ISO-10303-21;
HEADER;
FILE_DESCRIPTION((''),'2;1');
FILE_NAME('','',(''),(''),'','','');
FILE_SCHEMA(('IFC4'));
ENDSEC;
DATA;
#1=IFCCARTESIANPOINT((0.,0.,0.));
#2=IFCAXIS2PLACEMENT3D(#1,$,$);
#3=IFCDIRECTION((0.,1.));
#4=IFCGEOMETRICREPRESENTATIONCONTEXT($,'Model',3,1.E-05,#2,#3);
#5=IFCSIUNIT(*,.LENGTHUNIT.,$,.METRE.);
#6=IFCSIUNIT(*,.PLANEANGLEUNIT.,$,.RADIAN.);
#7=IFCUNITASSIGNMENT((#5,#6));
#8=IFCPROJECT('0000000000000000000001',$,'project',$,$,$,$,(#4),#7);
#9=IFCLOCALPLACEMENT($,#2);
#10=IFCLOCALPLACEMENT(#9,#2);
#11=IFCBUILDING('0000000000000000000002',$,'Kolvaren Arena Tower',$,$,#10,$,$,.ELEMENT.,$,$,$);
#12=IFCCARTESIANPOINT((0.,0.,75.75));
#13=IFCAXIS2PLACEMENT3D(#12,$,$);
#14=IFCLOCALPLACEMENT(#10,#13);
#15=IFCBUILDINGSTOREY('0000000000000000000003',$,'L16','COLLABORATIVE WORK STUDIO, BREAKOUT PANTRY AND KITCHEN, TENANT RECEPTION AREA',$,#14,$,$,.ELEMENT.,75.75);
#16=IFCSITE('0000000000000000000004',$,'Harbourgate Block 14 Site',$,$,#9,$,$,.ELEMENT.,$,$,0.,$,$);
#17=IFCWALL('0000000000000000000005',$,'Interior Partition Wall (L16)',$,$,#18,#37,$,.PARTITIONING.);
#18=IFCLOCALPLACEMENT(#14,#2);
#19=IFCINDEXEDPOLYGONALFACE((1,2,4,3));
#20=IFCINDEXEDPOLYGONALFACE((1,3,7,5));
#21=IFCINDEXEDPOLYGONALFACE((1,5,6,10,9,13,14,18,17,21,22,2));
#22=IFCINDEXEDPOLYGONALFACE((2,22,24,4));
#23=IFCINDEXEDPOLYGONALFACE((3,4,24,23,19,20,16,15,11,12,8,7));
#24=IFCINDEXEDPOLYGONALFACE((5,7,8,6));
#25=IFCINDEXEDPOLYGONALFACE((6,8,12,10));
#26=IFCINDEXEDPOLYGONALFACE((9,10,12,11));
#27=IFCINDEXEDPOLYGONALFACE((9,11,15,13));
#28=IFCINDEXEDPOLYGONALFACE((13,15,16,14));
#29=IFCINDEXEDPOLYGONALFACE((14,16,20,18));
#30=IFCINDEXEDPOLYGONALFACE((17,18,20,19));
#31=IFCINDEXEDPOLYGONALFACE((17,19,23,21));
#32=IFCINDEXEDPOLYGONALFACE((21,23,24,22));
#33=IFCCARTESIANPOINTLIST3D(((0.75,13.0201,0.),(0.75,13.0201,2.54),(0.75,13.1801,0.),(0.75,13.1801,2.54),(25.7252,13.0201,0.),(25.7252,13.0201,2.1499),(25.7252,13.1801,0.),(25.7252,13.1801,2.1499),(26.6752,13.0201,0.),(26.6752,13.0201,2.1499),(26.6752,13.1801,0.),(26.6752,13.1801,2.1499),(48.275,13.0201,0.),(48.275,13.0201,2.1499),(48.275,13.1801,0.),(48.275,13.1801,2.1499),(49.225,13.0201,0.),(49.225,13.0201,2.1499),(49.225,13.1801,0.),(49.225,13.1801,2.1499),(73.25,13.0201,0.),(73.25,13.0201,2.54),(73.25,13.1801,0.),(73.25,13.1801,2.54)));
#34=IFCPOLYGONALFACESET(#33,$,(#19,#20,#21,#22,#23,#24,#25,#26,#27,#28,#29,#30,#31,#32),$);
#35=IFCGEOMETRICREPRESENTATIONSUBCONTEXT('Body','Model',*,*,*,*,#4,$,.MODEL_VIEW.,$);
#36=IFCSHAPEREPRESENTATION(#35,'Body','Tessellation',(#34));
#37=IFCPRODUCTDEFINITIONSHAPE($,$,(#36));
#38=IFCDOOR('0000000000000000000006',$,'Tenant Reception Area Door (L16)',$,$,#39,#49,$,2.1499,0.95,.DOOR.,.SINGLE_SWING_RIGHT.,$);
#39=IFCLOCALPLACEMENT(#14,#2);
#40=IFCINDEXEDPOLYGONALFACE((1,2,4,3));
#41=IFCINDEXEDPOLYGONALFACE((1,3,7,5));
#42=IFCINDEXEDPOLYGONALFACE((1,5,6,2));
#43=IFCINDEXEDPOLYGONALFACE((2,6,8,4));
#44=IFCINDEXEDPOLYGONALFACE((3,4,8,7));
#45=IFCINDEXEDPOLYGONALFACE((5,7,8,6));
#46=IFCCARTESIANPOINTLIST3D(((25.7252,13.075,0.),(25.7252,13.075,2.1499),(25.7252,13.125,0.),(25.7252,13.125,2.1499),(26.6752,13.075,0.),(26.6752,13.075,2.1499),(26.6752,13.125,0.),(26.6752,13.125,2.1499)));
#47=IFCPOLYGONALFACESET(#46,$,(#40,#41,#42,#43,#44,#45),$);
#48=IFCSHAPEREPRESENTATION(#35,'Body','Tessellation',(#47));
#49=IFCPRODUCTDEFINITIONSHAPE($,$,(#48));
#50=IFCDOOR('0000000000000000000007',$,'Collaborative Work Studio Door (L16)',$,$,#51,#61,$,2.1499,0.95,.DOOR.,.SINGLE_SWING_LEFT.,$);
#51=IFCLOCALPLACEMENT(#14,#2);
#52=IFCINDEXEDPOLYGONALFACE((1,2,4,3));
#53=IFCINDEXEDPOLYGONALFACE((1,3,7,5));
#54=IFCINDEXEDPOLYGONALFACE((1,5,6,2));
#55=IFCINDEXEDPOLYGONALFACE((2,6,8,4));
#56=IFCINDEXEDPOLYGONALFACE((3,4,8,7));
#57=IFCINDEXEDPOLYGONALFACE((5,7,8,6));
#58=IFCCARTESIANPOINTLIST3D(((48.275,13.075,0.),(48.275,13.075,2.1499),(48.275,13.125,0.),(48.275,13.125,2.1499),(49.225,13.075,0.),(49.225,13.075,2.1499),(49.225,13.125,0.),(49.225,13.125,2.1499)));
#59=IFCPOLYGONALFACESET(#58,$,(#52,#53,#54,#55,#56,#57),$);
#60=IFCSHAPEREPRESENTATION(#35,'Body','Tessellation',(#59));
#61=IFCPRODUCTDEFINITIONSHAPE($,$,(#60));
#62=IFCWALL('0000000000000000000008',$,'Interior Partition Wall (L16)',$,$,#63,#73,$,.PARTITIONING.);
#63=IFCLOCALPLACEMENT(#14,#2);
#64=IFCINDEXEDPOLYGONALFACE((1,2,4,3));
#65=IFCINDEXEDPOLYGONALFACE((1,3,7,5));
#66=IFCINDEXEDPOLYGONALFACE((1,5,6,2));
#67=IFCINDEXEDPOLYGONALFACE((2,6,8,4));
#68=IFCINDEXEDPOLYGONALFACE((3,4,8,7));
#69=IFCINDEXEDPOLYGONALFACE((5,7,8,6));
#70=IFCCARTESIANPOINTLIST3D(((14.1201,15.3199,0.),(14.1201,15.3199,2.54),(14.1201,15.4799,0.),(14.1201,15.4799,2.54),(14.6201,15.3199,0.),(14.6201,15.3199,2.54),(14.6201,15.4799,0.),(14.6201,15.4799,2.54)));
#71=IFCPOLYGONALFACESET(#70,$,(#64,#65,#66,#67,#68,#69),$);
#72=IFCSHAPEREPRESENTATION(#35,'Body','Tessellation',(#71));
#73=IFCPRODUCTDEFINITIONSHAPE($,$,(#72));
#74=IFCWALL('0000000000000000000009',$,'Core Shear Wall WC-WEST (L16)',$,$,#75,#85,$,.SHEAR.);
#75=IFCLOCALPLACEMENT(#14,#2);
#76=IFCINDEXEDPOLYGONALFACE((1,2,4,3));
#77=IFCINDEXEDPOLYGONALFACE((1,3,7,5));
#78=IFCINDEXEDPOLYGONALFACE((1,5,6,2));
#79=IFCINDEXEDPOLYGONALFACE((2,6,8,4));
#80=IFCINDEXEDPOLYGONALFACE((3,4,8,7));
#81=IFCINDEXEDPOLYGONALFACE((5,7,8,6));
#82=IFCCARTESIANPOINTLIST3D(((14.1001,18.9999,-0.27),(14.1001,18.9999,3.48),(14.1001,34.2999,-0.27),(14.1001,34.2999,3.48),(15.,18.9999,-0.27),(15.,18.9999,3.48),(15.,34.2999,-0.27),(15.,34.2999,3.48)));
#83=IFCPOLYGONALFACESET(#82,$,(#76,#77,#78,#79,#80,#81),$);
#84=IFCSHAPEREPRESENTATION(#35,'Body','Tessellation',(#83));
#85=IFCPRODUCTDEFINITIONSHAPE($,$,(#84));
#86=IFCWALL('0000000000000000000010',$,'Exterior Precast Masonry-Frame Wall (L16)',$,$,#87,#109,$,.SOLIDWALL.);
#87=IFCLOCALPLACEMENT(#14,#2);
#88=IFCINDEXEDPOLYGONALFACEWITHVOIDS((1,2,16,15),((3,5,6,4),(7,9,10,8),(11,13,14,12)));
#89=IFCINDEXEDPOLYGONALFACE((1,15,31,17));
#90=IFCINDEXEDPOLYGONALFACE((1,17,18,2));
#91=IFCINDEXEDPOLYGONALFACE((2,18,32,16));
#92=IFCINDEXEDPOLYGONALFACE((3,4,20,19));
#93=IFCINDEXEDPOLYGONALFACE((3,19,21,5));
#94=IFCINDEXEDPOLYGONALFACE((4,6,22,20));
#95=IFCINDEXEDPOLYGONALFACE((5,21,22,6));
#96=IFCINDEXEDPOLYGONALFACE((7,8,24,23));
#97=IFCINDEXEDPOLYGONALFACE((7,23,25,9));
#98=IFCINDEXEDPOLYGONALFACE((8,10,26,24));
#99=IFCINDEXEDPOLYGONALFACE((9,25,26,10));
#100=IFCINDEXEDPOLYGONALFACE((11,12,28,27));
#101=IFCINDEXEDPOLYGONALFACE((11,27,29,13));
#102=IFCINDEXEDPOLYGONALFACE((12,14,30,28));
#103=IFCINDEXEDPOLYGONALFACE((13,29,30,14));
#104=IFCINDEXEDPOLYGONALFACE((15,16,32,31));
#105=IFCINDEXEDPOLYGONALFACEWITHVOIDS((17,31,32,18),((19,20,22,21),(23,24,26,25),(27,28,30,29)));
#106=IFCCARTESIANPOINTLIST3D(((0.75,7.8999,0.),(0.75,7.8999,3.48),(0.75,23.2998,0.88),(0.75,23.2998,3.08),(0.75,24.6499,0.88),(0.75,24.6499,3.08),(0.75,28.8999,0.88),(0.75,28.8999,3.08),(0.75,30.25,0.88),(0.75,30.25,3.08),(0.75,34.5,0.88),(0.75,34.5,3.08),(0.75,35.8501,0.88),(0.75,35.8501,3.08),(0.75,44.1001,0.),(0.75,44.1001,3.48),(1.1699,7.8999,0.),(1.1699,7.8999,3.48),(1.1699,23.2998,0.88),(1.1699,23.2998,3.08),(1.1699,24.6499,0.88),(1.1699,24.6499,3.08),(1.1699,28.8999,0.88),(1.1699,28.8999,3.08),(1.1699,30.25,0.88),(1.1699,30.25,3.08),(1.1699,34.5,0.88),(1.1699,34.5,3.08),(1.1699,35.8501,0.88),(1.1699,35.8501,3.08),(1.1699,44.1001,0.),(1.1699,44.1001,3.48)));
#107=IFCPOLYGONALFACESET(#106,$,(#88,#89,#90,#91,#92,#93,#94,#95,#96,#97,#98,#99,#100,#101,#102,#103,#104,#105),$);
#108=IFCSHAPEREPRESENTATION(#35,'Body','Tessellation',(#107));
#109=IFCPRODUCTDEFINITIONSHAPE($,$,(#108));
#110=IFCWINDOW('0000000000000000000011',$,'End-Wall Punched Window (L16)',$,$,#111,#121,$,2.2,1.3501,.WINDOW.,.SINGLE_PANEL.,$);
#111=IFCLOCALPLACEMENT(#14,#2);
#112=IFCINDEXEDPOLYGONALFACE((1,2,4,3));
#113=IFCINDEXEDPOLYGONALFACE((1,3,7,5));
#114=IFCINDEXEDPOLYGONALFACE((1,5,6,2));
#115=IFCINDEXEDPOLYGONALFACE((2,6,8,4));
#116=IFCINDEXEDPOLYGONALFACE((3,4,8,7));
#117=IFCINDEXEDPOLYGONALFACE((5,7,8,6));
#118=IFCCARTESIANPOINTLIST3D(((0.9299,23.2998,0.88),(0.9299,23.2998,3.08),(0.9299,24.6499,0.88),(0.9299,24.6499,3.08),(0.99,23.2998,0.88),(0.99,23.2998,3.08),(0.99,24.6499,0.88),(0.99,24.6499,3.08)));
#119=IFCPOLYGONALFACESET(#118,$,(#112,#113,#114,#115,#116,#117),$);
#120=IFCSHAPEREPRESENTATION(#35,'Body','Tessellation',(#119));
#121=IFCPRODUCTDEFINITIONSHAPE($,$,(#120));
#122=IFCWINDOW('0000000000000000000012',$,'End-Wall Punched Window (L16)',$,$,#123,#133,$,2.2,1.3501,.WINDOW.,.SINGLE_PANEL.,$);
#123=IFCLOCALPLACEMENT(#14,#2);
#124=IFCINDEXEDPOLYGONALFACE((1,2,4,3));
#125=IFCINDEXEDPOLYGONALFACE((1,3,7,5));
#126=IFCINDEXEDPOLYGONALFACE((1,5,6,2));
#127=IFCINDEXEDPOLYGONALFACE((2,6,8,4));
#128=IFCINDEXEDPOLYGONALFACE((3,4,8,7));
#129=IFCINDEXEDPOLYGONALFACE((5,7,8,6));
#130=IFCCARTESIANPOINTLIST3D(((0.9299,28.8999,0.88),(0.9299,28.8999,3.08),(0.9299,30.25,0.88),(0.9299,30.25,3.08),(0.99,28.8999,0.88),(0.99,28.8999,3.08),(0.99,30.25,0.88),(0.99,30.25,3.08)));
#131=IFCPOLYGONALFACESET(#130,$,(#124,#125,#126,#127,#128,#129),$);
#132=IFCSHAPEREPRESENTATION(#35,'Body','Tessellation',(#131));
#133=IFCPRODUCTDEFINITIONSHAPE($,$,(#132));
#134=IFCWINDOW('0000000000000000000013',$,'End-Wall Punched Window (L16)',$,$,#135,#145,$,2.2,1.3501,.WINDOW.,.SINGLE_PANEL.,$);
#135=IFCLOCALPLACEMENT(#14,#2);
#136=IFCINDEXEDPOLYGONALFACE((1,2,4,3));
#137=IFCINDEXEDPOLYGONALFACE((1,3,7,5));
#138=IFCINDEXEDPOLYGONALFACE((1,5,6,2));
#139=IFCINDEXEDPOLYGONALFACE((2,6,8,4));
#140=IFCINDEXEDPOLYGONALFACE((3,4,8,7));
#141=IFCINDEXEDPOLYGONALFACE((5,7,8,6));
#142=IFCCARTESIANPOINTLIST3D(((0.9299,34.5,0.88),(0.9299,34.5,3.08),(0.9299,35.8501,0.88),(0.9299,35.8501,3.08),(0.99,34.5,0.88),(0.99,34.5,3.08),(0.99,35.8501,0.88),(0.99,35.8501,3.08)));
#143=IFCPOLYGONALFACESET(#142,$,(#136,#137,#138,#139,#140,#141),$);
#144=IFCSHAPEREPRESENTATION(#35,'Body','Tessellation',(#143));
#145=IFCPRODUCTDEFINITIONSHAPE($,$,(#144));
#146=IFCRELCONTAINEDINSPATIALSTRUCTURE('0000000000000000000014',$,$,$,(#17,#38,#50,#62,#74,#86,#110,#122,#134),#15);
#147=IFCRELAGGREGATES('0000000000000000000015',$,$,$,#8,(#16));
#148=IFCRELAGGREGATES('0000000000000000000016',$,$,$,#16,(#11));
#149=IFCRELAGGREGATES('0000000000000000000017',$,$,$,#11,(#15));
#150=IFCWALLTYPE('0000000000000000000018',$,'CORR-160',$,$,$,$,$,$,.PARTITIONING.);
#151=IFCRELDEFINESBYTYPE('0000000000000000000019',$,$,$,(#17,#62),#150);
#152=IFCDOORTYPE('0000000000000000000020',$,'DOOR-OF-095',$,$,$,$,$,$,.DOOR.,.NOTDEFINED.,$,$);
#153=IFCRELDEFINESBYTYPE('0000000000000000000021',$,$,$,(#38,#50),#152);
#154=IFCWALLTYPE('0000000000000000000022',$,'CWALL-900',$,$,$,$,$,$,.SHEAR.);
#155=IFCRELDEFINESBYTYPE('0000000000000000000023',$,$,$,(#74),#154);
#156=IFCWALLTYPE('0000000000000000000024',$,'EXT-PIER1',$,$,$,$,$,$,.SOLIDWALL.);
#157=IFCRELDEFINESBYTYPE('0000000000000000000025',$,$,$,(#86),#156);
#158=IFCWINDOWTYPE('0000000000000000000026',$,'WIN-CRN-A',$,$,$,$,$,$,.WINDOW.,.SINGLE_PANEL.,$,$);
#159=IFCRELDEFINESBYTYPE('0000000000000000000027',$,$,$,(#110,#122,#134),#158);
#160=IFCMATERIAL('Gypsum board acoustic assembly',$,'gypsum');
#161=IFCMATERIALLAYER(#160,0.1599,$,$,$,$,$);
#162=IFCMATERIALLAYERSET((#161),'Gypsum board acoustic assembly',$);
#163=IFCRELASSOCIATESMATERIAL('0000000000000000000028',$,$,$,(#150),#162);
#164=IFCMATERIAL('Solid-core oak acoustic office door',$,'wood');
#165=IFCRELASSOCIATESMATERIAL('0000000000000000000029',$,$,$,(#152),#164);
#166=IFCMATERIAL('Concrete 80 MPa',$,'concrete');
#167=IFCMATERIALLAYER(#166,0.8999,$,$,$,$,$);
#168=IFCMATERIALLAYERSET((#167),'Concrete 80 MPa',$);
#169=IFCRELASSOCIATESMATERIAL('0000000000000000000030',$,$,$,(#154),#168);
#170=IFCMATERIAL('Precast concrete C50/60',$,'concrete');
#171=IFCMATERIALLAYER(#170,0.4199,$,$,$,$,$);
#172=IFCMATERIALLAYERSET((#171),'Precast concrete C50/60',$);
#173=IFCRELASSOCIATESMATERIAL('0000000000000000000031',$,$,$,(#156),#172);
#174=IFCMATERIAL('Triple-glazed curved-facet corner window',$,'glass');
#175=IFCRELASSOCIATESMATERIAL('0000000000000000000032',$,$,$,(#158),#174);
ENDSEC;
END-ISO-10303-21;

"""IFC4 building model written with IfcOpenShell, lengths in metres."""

from ifc_helpers import new_model, si_unit, direction, frame, frame_2d, origin, place, context, subcontext, project, spatial, rectangle, extrude, material, layer, layer_set, type_object, element, fill, save


model = new_model("IFC4")

# Units and contexts
model_context = context("Model", 3, precision=1e-05, world=origin(), true_north=direction((0.0, 1.0)))
body_context = subcontext(model_context, "Body", "Model", "MODEL_VIEW")
ifc_project = project(units=[si_unit("LENGTHUNIT", "METRE"), si_unit("PLANEANGLEUNIT", "RADIAN")], contexts=[model_context])

# Site, building, storey
site_placement = place(None, origin())
site = spatial("IfcSite", under=ifc_project, at=site_placement, Name="Harbourgate Block 14 Site", CompositionType="ELEMENT", RefElevation=0.0)
building_placement = place(site_placement, origin())
building = spatial("IfcBuilding", under=site, at=building_placement, Name="Kolvaren Arena Tower", CompositionType="ELEMENT")
storey_placement = place(building_placement, frame((0.0, 0.0, 75.75)))
storey = spatial("IfcBuildingStorey", under=building, at=storey_placement, Name="L16", Description="COLLABORATIVE WORK STUDIO, BREAKOUT PANTRY AND KITCHEN, TENANT RECEPTION AREA", CompositionType="ELEMENT", Elevation=75.75)

# Wall, openings, doors
ifc_material_1 = material(Name="Gypsum board acoustic assembly", Category="gypsum")
ifc_layer_1 = layer(ifc_material_1, 0.1599)
ifc_layer_set_1 = layer_set([ifc_layer_1], Name="Gypsum board acoustic assembly")
wall_type_1 = type_object("IfcWallType", Name="CORR-160", PredefinedType="PARTITIONING", material=ifc_layer_set_1)
wall_1_placement = place(storey_placement, frame((0.75, 13.1001, 0.0), z_axis=(0.0, 0.0, 1.0), x_axis=(1.0, 0.0, 0.0)))
wall_1 = element("IfcWall", 1, at=wall_1_placement, inside=storey, type_object=wall_type_1, Name="Interior Partition Wall (L16)", PredefinedType="PARTITIONING", context=body_context, shape_type="SweptSolid", body=[
    extrude(rectangle(XDim=72.5, YDim=0.1599, at=frame_2d((36.25, 0.0))), origin(), (0.0, 0.0, 1.0), 2.54),
])
opening_1_placement = place(wall_1_placement, frame((24.9751, 0.0, 0.0)))
opening_1 = element("IfcOpeningElement", 2, at=opening_1_placement, cuts=wall_1, PredefinedType="OPENING", context=body_context, shape_type="SweptSolid", body=[
    extrude(rectangle(XDim=0.95, YDim=2.1499, at=frame_2d((0.4751, 1.075))), frame((0.0, 0.0898, 0.0), z_axis=(0.0, -1.0, 0.0), x_axis=(1.0, 0.0, 0.0)), (0.0, 0.0, 1.0), 0.1799),
])
opening_2_placement = place(wall_1_placement, frame((47.5249, 0.0, 0.0)))
opening_2 = element("IfcOpeningElement", 3, at=opening_2_placement, cuts=wall_1, PredefinedType="OPENING", context=body_context, shape_type="SweptSolid", body=[
    extrude(rectangle(XDim=0.95, YDim=2.1499, at=frame_2d((0.4751, 1.075))), frame((0.0, 0.0898, 0.0), z_axis=(0.0, -1.0, 0.0), x_axis=(1.0, 0.0, 0.0)), (0.0, 0.0, 1.0), 0.1799),
])
ifc_material_2 = material(Name="Solid-core oak acoustic office door", Category="wood")
door_type_1 = type_object("IfcDoorType", Name="DOOR-OF-095", OperationType="NOTDEFINED", PredefinedType="DOOR", material=ifc_material_2)
door_1_placement = place(opening_1_placement, origin())
door_1 = element("IfcDoor", 4, at=door_1_placement, inside=storey, type_object=door_type_1, Name="Tenant Reception Area Door (L16)", OperationType="SINGLE_SWING_RIGHT", OverallHeight=2.1499, OverallWidth=0.95, PredefinedType="DOOR", context=body_context, shape_type="SweptSolid", body=[
    extrude(rectangle(XDim=0.95, YDim=2.1499, at=frame_2d((0.4751, 1.075))), frame((0.0, 0.0249, 0.0), z_axis=(0.0, -1.0, 0.0), x_axis=(1.0, 0.0, 0.0)), (0.0, 0.0, 1.0), 0.05),
])
fill(opening_1, door_1)
door_2_placement = place(opening_2_placement, origin())
door_2 = element("IfcDoor", 5, at=door_2_placement, inside=storey, type_object=door_type_1, Name="Collaborative Work Studio Door (L16)", OperationType="SINGLE_SWING_LEFT", OverallHeight=2.1499, OverallWidth=0.95, PredefinedType="DOOR", context=body_context, shape_type="SweptSolid", body=[
    extrude(rectangle(XDim=0.95, YDim=2.1499, at=frame_2d((0.4751, 1.075))), frame((0.0, 0.0249, 0.0), z_axis=(0.0, -1.0, 0.0), x_axis=(1.0, 0.0, 0.0)), (0.0, 0.0, 1.0), 0.05),
])
fill(opening_2, door_2)

# Walls
wall_2_placement = place(storey_placement, frame((14.1201, 15.3999, 0.0), z_axis=(0.0, 0.0, 1.0), x_axis=(1.0, 0.0, 0.0)))
element("IfcWall", 6, at=wall_2_placement, inside=storey, type_object=wall_type_1, Name="Interior Partition Wall (L16)", PredefinedType="PARTITIONING", context=body_context, shape_type="SweptSolid", body=[
    extrude(rectangle(XDim=0.5, YDim=0.1599, at=frame_2d((0.25, 0.0))), origin(), (0.0, 0.0, 1.0), 2.54),
])
ifc_material_3 = material(Name="Concrete 80 MPa", Category="concrete")
ifc_layer_2 = layer(ifc_material_3, 0.8999)
ifc_layer_set_2 = layer_set([ifc_layer_2], Name="Concrete 80 MPa")
wall_type_2 = type_object("IfcWallType", Name="CWALL-900", PredefinedType="SHEAR", material=ifc_layer_set_2)
wall_3_placement = place(storey_placement, frame((14.55, 19.0, -0.27), z_axis=(0.0, 0.0, 1.0), x_axis=(0.0, 1.0, 0.0)))
element("IfcWall", 7, at=wall_3_placement, inside=storey, type_object=wall_type_2, Name="Core Shear Wall WC-WEST (L16)", PredefinedType="SHEAR", context=body_context, shape_type="SweptSolid", body=[
    extrude(rectangle(XDim=15.3, YDim=0.8999, at=frame_2d((7.6499, 0.0))), origin(), (0.0, 0.0, 1.0), 3.75),
])

# Wall, openings, windows
ifc_material_4 = material(Name="Precast concrete C50/60", Category="concrete")
ifc_layer_3 = layer(ifc_material_4, 0.4199)
ifc_layer_set_3 = layer_set([ifc_layer_3], Name="Precast concrete C50/60")
wall_type_3 = type_object("IfcWallType", Name="EXT-PIER1", PredefinedType="SOLIDWALL", material=ifc_layer_set_3)
wall_4_placement = place(storey_placement, frame((0.96, 7.8999, 0.0), z_axis=(0.0, 0.0, 1.0), x_axis=(0.0, 1.0, 0.0)))
wall_4 = element("IfcWall", 8, at=wall_4_placement, inside=storey, type_object=wall_type_3, Name="Exterior Precast Masonry-Frame Wall (L16)", PredefinedType="SOLIDWALL", context=body_context, shape_type="SweptSolid", body=[
    extrude(rectangle(XDim=36.2002, YDim=0.4199, at=frame_2d((18.1001, 0.0))), origin(), (0.0, 0.0, 1.0), 3.48),
])
opening_3_placement = place(wall_4_placement, frame((15.3999, 0.0, 0.8799)))
opening_3 = element("IfcOpeningElement", 9, at=opening_3_placement, cuts=wall_4, PredefinedType="OPENING", context=body_context, shape_type="SweptSolid", body=[
    extrude(rectangle(XDim=1.3501, YDim=2.2, at=frame_2d((0.675, 1.1001))), frame((0.0, 0.22, 0.0), z_axis=(0.0, -1.0, 0.0), x_axis=(1.0, 0.0, 0.0)), (0.0, 0.0, 1.0), 0.4399),
])
opening_4_placement = place(wall_4_placement, frame((21.0, 0.0, 0.8799)))
opening_4 = element("IfcOpeningElement", 10, at=opening_4_placement, cuts=wall_4, PredefinedType="OPENING", context=body_context, shape_type="SweptSolid", body=[
    extrude(rectangle(XDim=1.3501, YDim=2.2, at=frame_2d((0.675, 1.1001))), frame((0.0, 0.22, 0.0), z_axis=(0.0, -1.0, 0.0), x_axis=(1.0, 0.0, 0.0)), (0.0, 0.0, 1.0), 0.4399),
])
opening_5_placement = place(wall_4_placement, frame((26.6001, 0.0, 0.8799)))
opening_5 = element("IfcOpeningElement", 11, at=opening_5_placement, cuts=wall_4, PredefinedType="OPENING", context=body_context, shape_type="SweptSolid", body=[
    extrude(rectangle(XDim=1.3501, YDim=2.2, at=frame_2d((0.675, 1.1001))), frame((0.0, 0.22, 0.0), z_axis=(0.0, -1.0, 0.0), x_axis=(1.0, 0.0, 0.0)), (0.0, 0.0, 1.0), 0.4399),
])
ifc_material_5 = material(Name="Triple-glazed curved-facet corner window", Category="glass")
window_type = type_object("IfcWindowType", Name="WIN-CRN-A", PartitioningType="SINGLE_PANEL", PredefinedType="WINDOW", material=ifc_material_5)
window_1_placement = place(opening_3_placement, origin())
window_1 = element("IfcWindow", 12, at=window_1_placement, inside=storey, type_object=window_type, Name="End-Wall Punched Window (L16)", OverallHeight=2.2, OverallWidth=1.3501, PartitioningType="SINGLE_PANEL", PredefinedType="WINDOW", context=body_context, shape_type="SweptSolid", body=[
    extrude(rectangle(XDim=1.3501, YDim=2.2, at=frame_2d((0.675, 1.1001))), frame((0.0, 0.03, 0.0), z_axis=(0.0, -1.0, 0.0), x_axis=(1.0, 0.0, 0.0)), (0.0, 0.0, 1.0), 0.0601),
])
fill(opening_3, window_1)
window_2_placement = place(opening_4_placement, origin())
window_2 = element("IfcWindow", 13, at=window_2_placement, inside=storey, type_object=window_type, Name="End-Wall Punched Window (L16)", OverallHeight=2.2, OverallWidth=1.3501, PartitioningType="SINGLE_PANEL", PredefinedType="WINDOW", context=body_context, shape_type="SweptSolid", body=[
    extrude(rectangle(XDim=1.3501, YDim=2.2, at=frame_2d((0.675, 1.1001))), frame((0.0, 0.03, 0.0), z_axis=(0.0, -1.0, 0.0), x_axis=(1.0, 0.0, 0.0)), (0.0, 0.0, 1.0), 0.0601),
])
fill(opening_4, window_2)
window_3_placement = place(opening_5_placement, origin())
window_3 = element("IfcWindow", 14, at=window_3_placement, inside=storey, type_object=window_type, Name="End-Wall Punched Window (L16)", OverallHeight=2.2, OverallWidth=1.3501, PartitioningType="SINGLE_PANEL", PredefinedType="WINDOW", context=body_context, shape_type="SweptSolid", body=[
    extrude(rectangle(XDim=1.3501, YDim=2.2, at=frame_2d((0.675, 1.1001))), frame((0.0, 0.03, 0.0), z_axis=(0.0, -1.0, 0.0), x_axis=(1.0, 0.0, 0.0)), (0.0, 0.0, 1.0), 0.0601),
])
fill(opening_5, window_3)

save(model, "model.ifc")
